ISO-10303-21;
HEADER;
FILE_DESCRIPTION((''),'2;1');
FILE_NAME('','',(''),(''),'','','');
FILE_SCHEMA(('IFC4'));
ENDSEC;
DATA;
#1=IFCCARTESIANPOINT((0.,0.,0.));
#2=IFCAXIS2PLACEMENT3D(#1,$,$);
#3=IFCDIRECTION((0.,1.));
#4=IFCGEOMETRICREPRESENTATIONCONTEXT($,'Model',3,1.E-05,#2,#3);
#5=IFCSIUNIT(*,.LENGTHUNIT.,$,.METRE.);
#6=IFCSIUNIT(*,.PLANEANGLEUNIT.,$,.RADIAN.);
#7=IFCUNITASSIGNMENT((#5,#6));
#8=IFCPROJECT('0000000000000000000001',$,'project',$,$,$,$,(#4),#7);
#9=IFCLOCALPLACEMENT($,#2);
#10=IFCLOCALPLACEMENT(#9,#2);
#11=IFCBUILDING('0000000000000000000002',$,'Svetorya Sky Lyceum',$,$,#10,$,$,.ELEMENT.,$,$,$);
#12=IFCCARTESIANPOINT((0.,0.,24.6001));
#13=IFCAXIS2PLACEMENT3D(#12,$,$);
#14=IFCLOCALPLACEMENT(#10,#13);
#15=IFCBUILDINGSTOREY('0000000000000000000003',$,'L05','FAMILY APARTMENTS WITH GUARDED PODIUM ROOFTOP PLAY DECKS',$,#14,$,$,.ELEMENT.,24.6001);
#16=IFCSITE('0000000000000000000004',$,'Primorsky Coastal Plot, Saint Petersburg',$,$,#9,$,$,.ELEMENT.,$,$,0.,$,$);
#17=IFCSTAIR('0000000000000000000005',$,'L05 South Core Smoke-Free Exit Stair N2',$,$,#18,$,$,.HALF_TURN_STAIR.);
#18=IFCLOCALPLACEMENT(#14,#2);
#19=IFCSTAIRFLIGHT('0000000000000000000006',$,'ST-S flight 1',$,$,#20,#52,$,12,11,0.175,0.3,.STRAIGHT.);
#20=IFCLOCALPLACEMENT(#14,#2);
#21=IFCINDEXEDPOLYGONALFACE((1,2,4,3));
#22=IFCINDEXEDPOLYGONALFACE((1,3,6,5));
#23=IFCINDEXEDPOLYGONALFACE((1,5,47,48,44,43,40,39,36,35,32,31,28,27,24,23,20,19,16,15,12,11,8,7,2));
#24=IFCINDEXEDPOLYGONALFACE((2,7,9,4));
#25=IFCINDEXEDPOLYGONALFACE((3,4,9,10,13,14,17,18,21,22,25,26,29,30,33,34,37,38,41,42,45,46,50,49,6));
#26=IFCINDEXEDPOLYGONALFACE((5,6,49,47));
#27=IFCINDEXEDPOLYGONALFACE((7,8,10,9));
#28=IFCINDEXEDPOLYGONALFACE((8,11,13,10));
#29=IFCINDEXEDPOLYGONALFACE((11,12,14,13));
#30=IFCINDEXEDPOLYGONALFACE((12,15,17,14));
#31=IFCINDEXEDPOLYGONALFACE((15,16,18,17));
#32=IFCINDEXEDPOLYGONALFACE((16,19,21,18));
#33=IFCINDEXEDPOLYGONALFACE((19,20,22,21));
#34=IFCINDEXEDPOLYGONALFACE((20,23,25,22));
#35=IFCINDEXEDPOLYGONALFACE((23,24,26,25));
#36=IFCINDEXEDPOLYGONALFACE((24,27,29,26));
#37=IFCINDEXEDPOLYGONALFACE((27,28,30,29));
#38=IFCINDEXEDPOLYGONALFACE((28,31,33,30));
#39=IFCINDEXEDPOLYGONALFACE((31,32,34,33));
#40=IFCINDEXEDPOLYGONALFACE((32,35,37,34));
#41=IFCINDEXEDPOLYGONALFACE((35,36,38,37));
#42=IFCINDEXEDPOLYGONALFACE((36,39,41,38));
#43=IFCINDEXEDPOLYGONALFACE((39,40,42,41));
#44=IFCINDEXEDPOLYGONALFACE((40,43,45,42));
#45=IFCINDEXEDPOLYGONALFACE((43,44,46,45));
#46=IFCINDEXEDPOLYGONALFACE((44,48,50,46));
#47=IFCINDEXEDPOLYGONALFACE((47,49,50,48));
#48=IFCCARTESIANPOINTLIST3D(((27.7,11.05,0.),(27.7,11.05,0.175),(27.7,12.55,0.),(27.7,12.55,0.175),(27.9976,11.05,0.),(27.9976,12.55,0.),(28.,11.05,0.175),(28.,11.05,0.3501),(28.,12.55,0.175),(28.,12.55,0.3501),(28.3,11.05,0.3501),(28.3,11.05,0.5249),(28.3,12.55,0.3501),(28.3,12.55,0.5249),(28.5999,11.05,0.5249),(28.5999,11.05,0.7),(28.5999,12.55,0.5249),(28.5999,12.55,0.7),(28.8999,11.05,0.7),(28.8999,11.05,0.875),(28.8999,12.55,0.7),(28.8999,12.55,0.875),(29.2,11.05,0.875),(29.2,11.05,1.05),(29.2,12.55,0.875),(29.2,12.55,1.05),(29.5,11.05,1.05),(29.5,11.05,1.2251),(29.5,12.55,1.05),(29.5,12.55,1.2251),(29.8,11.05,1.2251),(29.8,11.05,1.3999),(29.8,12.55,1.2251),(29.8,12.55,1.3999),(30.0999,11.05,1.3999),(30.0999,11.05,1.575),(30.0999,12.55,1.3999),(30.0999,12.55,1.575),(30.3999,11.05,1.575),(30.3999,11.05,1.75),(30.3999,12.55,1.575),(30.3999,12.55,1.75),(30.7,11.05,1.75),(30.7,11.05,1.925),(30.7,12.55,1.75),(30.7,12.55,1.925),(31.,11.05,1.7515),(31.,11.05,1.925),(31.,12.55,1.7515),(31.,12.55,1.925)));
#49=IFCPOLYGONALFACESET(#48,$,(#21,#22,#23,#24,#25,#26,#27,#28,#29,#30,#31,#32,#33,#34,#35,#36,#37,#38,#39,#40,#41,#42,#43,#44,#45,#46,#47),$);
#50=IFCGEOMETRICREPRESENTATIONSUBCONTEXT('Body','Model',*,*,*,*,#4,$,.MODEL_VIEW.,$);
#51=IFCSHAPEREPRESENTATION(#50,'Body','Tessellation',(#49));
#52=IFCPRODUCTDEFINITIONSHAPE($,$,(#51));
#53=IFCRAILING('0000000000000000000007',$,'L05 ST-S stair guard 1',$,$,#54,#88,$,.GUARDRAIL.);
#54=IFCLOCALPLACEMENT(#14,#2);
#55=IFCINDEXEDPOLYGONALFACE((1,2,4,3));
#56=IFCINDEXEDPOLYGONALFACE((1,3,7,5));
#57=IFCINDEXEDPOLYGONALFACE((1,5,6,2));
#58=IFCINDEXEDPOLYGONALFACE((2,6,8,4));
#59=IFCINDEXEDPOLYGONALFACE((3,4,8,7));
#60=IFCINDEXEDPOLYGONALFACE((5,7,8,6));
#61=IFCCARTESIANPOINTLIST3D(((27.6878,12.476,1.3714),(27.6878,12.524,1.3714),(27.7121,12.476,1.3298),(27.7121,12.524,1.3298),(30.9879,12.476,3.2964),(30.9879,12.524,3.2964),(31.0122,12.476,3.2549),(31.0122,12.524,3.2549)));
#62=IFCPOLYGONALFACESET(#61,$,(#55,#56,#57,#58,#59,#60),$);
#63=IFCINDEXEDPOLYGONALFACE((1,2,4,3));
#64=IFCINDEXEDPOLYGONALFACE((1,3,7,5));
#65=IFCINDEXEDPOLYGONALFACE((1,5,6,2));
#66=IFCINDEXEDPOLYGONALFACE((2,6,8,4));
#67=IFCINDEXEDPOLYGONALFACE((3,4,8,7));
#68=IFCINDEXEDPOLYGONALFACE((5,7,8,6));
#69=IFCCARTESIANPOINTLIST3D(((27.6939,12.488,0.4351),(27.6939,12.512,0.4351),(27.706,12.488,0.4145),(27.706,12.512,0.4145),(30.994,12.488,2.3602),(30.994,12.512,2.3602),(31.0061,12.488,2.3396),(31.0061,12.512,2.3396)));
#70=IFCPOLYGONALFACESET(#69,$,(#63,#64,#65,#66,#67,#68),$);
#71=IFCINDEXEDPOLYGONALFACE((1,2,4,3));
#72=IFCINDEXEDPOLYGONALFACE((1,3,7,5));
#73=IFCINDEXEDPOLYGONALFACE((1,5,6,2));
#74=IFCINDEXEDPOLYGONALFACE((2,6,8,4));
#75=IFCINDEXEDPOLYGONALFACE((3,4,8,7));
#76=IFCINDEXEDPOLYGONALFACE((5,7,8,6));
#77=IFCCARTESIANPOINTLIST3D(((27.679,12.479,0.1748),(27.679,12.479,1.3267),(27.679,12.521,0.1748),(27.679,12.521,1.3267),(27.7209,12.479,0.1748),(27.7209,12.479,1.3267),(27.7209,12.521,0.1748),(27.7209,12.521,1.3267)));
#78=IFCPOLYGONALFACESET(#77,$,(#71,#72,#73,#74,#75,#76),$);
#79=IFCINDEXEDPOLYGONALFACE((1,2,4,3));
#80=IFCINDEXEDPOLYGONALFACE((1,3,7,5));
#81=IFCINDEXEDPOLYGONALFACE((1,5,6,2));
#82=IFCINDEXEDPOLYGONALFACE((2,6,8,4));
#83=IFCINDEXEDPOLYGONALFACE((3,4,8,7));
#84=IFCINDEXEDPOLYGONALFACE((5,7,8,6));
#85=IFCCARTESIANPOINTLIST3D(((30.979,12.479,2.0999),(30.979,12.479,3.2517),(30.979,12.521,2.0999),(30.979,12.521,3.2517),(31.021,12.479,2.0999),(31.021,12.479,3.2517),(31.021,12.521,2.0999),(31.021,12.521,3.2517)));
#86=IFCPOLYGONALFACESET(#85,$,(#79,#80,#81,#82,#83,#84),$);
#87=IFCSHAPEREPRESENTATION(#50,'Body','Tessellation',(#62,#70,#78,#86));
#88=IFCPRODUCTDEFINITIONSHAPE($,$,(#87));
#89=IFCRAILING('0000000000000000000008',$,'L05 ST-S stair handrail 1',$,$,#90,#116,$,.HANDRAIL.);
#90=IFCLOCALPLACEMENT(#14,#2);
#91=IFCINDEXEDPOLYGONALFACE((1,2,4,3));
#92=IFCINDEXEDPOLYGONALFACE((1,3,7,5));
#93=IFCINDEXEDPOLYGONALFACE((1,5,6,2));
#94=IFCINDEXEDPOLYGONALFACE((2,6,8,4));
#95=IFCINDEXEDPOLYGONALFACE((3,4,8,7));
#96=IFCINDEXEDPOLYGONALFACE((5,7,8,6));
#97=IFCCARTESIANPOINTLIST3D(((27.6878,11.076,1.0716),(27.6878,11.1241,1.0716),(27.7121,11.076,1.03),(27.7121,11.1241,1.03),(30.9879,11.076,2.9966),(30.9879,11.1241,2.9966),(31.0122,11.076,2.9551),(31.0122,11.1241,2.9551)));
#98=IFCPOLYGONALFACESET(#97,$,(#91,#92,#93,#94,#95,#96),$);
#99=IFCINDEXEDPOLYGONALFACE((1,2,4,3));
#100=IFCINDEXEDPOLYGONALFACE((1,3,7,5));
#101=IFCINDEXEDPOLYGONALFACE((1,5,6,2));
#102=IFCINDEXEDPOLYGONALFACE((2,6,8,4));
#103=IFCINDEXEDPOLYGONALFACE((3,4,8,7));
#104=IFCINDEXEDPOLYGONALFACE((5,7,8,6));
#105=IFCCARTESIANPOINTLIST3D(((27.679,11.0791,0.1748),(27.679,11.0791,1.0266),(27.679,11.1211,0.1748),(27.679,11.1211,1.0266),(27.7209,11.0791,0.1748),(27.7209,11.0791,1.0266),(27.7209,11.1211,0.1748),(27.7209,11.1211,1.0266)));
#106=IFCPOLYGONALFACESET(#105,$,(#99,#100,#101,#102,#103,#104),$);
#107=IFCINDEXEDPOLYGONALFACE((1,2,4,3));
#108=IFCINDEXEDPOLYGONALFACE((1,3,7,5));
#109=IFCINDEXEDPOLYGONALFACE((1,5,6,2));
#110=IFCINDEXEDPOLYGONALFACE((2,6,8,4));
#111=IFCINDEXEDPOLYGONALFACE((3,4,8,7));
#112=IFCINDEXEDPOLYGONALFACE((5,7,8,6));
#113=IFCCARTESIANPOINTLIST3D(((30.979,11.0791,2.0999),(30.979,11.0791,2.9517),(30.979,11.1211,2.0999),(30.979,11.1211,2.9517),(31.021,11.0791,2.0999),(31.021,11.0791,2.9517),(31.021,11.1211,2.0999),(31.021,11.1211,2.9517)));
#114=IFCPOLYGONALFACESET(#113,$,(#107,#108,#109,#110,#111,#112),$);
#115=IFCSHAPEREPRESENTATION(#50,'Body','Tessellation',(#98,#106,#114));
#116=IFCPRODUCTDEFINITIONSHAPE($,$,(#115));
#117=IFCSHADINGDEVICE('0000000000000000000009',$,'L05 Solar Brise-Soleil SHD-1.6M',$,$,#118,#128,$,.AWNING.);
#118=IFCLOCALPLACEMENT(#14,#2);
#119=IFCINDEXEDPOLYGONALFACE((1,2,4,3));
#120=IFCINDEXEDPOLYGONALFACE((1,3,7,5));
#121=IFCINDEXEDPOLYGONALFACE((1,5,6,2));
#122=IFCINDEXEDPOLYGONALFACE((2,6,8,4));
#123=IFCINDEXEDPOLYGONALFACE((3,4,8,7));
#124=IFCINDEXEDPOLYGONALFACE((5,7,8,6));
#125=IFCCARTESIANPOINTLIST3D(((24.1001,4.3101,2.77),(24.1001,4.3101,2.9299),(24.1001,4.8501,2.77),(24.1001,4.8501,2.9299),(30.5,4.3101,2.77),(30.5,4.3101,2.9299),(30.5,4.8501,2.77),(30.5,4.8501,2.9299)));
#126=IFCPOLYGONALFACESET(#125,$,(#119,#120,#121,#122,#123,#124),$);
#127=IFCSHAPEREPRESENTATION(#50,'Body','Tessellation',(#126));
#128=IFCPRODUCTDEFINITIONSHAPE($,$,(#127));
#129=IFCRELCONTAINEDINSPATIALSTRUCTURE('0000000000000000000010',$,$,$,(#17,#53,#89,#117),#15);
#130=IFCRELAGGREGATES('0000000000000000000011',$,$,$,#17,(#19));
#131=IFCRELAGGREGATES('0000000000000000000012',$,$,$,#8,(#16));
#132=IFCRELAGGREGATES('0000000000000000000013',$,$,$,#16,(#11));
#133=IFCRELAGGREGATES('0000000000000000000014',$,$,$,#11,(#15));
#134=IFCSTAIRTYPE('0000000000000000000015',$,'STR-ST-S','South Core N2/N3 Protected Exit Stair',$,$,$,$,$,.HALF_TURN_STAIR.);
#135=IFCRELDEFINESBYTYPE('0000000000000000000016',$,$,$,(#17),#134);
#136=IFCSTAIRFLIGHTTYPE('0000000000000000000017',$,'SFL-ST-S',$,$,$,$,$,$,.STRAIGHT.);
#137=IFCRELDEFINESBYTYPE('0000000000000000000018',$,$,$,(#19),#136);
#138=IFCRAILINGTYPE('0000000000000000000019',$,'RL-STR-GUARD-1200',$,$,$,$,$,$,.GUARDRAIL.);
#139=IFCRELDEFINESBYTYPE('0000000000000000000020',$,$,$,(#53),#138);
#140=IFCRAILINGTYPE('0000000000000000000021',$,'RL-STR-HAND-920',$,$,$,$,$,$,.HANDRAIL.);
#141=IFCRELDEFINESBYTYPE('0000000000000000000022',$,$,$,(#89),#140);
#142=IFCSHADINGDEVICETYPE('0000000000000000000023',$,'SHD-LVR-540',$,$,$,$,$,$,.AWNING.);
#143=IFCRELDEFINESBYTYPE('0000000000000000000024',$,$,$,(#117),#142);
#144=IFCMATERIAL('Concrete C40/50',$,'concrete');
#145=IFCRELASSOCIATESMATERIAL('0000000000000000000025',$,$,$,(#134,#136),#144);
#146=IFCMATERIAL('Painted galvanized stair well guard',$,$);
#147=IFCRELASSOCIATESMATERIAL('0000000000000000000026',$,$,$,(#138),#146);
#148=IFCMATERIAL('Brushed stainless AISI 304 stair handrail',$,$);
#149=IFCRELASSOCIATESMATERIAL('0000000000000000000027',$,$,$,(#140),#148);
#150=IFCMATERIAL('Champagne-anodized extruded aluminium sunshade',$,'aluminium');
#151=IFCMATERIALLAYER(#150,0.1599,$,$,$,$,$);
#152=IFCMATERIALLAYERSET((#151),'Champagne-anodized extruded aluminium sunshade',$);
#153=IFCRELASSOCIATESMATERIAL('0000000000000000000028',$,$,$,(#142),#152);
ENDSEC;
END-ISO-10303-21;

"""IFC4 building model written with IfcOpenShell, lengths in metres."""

from ifc_helpers import new_model, si_unit, direction, frame, origin, origin_2d, place, context, subcontext, project, spatial, polyline, rectangle, outline, extrude, material, layer, layer_set, type_object, element, aggregate, save


model = new_model("IFC4")

# Units and contexts
model_context = context("Model", 3, precision=1e-05, world=origin(), true_north=direction((0.0, 1.0)))
body_context = subcontext(model_context, "Body", "Model", "MODEL_VIEW")
ifc_project = project(units=[si_unit("LENGTHUNIT", "METRE"), si_unit("PLANEANGLEUNIT", "RADIAN")], contexts=[model_context])

# Site, building, storey
site_placement = place(None, origin())
site = spatial("IfcSite", under=ifc_project, at=site_placement, Name="Primorsky Coastal Plot, Saint Petersburg", CompositionType="ELEMENT", RefElevation=0.0)
building_placement = place(site_placement, origin())
building = spatial("IfcBuilding", under=site, at=building_placement, Name="Svetorya Sky Lyceum", CompositionType="ELEMENT")
storey_placement = place(building_placement, frame((0.0, 0.0, 24.6001)))
storey = spatial("IfcBuildingStorey", under=building, at=storey_placement, Name="L05", Description="FAMILY APARTMENTS WITH GUARDED PODIUM ROOFTOP PLAY DECKS", CompositionType="ELEMENT", Elevation=24.6001)

# Shared definitions
ifc_material_1 = material(Name="Concrete C40/50", Category="concrete")

# Stair, stair flight
stair_type = type_object("IfcStairType", Name="STR-ST-S", Description="South Core N2/N3 Protected Exit Stair", PredefinedType="HALF_TURN_STAIR", material=ifc_material_1)
stair_placement = place(storey_placement, origin())
stair = element("IfcStair", 1, at=stair_placement, inside=storey, type_object=stair_type, Name="L05 South Core Smoke-Free Exit Stair N2", PredefinedType="HALF_TURN_STAIR")
stair_flight_type = type_object("IfcStairFlightType", Name="SFL-ST-S", PredefinedType="STRAIGHT", material=ifc_material_1)
stair_flight_placement = place(storey_placement, frame((27.7, 11.8, 0.0), z_axis=(0.0, 0.0, 1.0), x_axis=(1.0, 0.0, 0.0)))
stair_flight = element("IfcStairFlight", 2, at=stair_flight_placement, type_object=stair_flight_type, Name="ST-S flight 1", NumberOfRisers=12, NumberOfTreads=11, PredefinedType="STRAIGHT", RiserHeight=0.175, TreadLength=0.3, context=body_context, shape_type="SweptSolid", body=[
    extrude(outline(polyline([(0.0, 0.0), (0.0, 0.175), (0.3, 0.175), (0.3, 0.3501), (0.6001, 0.3501), (0.6001, 0.5249), (0.8999, 0.5249), (0.8999, 0.7), (1.2, 0.7), (1.2, 0.875), (1.5, 0.875), (1.5, 1.05), (1.8, 1.05), (1.8, 1.2251), (2.1001, 1.2251), (2.1001, 1.3999), (2.3999, 1.3999), (2.3999, 1.575), (2.7, 1.575), (2.7, 1.75), (3.0, 1.75), (3.0, 1.925), (3.3, 1.925), (3.3, 2.1001), (3.3, 1.7515), (0.2976, 0.0), (0.0, 0.0)])), frame((0.0, 0.75, 0.0), z_axis=(0.0, -1.0, 0.0), x_axis=(1.0, 0.0, 0.0)), (0.0, 0.0, 1.0), 1.5),
])
aggregate(stair, [stair_flight])

# Railings
ifc_material_2 = material(Name="Painted galvanized stair well guard")
railing_type_1 = type_object("IfcRailingType", Name="RL-STR-GUARD-1200", PredefinedType="GUARDRAIL", material=ifc_material_2)
railing_1_placement = place(storey_placement, frame((27.7, 12.5, 0.1748)))
element("IfcRailing", 3, at=railing_1_placement, inside=storey, type_object=railing_type_1, Name="L05 ST-S stair guard 1", PredefinedType="GUARDRAIL", context=body_context, shape_type="SweptSolid", body=[
    extrude(rectangle(XDim=0.0481, YDim=0.0481, at=origin_2d()), frame((0.0, 0.0, 1.1758), z_axis=(0.863777, 0.0, 0.503875), x_axis=(0.0, 1.0, 0.0)), (0.0, 0.0, 1.0), 3.8206),
    extrude(rectangle(XDim=0.0239, YDim=0.0239, at=origin_2d()), frame((0.0, 0.0, 0.25), z_axis=(0.863777, 0.0, 0.503875), x_axis=(0.0, 1.0, 0.0)), (0.0, 0.0, 1.0), 3.8206),
    extrude(rectangle(XDim=0.042, YDim=0.042, at=origin_2d()), origin(), (0.0, 0.0, 1.0), 1.1519),
    extrude(rectangle(XDim=0.042, YDim=0.042, at=origin_2d()), frame((3.3, 0.0, 1.925)), (0.0, 0.0, 1.0), 1.1519),
])
ifc_material_3 = material(Name="Brushed stainless AISI 304 stair handrail")
railing_type_2 = type_object("IfcRailingType", Name="RL-STR-HAND-920", PredefinedType="HANDRAIL", material=ifc_material_3)
railing_2_placement = place(storey_placement, frame((27.7, 11.1001, 0.1748)))
element("IfcRailing", 4, at=railing_2_placement, inside=storey, type_object=railing_type_2, Name="L05 ST-S stair handrail 1", PredefinedType="HANDRAIL", context=body_context, shape_type="SweptSolid", body=[
    extrude(rectangle(XDim=0.0481, YDim=0.0481, at=origin_2d()), frame((0.0, 0.0, 0.876), z_axis=(0.863777, 0.0, 0.503875), x_axis=(0.0, 1.0, 0.0)), (0.0, 0.0, 1.0), 3.8206),
    extrude(rectangle(XDim=0.042, YDim=0.042, at=origin_2d()), origin(), (0.0, 0.0, 1.0), 0.8518),
    extrude(rectangle(XDim=0.042, YDim=0.042, at=origin_2d()), frame((3.3, 0.0, 1.925)), (0.0, 0.0, 1.0), 0.8518),
])

# Shading device
ifc_material_4 = material(Name="Champagne-anodized extruded aluminium sunshade", Category="aluminium")
ifc_layer_1 = layer(ifc_material_4, 0.1599)
ifc_layer_set_1 = layer_set([ifc_layer_1], Name="Champagne-anodized extruded aluminium sunshade")
shading_device_type = type_object("IfcShadingDeviceType", Name="SHD-LVR-540", PredefinedType="AWNING", material=ifc_layer_set_1)
shading_device_placement = place(storey_placement, frame((27.3, 4.5801, 2.77), z_axis=(0.0, 0.0, 1.0), x_axis=(1.0, 0.0, 0.0)))
element("IfcShadingDevice", 5, at=shading_device_placement, inside=storey, type_object=shading_device_type, Name="L05 Solar Brise-Soleil SHD-1.6M", PredefinedType="AWNING", context=body_context, shape_type="SweptSolid", body=[
    extrude(rectangle(XDim=6.3999, YDim=0.54, at=origin_2d()), origin(), (0.0, 0.0, 1.0), 0.1599),
])

save(model, "model.ifc")
